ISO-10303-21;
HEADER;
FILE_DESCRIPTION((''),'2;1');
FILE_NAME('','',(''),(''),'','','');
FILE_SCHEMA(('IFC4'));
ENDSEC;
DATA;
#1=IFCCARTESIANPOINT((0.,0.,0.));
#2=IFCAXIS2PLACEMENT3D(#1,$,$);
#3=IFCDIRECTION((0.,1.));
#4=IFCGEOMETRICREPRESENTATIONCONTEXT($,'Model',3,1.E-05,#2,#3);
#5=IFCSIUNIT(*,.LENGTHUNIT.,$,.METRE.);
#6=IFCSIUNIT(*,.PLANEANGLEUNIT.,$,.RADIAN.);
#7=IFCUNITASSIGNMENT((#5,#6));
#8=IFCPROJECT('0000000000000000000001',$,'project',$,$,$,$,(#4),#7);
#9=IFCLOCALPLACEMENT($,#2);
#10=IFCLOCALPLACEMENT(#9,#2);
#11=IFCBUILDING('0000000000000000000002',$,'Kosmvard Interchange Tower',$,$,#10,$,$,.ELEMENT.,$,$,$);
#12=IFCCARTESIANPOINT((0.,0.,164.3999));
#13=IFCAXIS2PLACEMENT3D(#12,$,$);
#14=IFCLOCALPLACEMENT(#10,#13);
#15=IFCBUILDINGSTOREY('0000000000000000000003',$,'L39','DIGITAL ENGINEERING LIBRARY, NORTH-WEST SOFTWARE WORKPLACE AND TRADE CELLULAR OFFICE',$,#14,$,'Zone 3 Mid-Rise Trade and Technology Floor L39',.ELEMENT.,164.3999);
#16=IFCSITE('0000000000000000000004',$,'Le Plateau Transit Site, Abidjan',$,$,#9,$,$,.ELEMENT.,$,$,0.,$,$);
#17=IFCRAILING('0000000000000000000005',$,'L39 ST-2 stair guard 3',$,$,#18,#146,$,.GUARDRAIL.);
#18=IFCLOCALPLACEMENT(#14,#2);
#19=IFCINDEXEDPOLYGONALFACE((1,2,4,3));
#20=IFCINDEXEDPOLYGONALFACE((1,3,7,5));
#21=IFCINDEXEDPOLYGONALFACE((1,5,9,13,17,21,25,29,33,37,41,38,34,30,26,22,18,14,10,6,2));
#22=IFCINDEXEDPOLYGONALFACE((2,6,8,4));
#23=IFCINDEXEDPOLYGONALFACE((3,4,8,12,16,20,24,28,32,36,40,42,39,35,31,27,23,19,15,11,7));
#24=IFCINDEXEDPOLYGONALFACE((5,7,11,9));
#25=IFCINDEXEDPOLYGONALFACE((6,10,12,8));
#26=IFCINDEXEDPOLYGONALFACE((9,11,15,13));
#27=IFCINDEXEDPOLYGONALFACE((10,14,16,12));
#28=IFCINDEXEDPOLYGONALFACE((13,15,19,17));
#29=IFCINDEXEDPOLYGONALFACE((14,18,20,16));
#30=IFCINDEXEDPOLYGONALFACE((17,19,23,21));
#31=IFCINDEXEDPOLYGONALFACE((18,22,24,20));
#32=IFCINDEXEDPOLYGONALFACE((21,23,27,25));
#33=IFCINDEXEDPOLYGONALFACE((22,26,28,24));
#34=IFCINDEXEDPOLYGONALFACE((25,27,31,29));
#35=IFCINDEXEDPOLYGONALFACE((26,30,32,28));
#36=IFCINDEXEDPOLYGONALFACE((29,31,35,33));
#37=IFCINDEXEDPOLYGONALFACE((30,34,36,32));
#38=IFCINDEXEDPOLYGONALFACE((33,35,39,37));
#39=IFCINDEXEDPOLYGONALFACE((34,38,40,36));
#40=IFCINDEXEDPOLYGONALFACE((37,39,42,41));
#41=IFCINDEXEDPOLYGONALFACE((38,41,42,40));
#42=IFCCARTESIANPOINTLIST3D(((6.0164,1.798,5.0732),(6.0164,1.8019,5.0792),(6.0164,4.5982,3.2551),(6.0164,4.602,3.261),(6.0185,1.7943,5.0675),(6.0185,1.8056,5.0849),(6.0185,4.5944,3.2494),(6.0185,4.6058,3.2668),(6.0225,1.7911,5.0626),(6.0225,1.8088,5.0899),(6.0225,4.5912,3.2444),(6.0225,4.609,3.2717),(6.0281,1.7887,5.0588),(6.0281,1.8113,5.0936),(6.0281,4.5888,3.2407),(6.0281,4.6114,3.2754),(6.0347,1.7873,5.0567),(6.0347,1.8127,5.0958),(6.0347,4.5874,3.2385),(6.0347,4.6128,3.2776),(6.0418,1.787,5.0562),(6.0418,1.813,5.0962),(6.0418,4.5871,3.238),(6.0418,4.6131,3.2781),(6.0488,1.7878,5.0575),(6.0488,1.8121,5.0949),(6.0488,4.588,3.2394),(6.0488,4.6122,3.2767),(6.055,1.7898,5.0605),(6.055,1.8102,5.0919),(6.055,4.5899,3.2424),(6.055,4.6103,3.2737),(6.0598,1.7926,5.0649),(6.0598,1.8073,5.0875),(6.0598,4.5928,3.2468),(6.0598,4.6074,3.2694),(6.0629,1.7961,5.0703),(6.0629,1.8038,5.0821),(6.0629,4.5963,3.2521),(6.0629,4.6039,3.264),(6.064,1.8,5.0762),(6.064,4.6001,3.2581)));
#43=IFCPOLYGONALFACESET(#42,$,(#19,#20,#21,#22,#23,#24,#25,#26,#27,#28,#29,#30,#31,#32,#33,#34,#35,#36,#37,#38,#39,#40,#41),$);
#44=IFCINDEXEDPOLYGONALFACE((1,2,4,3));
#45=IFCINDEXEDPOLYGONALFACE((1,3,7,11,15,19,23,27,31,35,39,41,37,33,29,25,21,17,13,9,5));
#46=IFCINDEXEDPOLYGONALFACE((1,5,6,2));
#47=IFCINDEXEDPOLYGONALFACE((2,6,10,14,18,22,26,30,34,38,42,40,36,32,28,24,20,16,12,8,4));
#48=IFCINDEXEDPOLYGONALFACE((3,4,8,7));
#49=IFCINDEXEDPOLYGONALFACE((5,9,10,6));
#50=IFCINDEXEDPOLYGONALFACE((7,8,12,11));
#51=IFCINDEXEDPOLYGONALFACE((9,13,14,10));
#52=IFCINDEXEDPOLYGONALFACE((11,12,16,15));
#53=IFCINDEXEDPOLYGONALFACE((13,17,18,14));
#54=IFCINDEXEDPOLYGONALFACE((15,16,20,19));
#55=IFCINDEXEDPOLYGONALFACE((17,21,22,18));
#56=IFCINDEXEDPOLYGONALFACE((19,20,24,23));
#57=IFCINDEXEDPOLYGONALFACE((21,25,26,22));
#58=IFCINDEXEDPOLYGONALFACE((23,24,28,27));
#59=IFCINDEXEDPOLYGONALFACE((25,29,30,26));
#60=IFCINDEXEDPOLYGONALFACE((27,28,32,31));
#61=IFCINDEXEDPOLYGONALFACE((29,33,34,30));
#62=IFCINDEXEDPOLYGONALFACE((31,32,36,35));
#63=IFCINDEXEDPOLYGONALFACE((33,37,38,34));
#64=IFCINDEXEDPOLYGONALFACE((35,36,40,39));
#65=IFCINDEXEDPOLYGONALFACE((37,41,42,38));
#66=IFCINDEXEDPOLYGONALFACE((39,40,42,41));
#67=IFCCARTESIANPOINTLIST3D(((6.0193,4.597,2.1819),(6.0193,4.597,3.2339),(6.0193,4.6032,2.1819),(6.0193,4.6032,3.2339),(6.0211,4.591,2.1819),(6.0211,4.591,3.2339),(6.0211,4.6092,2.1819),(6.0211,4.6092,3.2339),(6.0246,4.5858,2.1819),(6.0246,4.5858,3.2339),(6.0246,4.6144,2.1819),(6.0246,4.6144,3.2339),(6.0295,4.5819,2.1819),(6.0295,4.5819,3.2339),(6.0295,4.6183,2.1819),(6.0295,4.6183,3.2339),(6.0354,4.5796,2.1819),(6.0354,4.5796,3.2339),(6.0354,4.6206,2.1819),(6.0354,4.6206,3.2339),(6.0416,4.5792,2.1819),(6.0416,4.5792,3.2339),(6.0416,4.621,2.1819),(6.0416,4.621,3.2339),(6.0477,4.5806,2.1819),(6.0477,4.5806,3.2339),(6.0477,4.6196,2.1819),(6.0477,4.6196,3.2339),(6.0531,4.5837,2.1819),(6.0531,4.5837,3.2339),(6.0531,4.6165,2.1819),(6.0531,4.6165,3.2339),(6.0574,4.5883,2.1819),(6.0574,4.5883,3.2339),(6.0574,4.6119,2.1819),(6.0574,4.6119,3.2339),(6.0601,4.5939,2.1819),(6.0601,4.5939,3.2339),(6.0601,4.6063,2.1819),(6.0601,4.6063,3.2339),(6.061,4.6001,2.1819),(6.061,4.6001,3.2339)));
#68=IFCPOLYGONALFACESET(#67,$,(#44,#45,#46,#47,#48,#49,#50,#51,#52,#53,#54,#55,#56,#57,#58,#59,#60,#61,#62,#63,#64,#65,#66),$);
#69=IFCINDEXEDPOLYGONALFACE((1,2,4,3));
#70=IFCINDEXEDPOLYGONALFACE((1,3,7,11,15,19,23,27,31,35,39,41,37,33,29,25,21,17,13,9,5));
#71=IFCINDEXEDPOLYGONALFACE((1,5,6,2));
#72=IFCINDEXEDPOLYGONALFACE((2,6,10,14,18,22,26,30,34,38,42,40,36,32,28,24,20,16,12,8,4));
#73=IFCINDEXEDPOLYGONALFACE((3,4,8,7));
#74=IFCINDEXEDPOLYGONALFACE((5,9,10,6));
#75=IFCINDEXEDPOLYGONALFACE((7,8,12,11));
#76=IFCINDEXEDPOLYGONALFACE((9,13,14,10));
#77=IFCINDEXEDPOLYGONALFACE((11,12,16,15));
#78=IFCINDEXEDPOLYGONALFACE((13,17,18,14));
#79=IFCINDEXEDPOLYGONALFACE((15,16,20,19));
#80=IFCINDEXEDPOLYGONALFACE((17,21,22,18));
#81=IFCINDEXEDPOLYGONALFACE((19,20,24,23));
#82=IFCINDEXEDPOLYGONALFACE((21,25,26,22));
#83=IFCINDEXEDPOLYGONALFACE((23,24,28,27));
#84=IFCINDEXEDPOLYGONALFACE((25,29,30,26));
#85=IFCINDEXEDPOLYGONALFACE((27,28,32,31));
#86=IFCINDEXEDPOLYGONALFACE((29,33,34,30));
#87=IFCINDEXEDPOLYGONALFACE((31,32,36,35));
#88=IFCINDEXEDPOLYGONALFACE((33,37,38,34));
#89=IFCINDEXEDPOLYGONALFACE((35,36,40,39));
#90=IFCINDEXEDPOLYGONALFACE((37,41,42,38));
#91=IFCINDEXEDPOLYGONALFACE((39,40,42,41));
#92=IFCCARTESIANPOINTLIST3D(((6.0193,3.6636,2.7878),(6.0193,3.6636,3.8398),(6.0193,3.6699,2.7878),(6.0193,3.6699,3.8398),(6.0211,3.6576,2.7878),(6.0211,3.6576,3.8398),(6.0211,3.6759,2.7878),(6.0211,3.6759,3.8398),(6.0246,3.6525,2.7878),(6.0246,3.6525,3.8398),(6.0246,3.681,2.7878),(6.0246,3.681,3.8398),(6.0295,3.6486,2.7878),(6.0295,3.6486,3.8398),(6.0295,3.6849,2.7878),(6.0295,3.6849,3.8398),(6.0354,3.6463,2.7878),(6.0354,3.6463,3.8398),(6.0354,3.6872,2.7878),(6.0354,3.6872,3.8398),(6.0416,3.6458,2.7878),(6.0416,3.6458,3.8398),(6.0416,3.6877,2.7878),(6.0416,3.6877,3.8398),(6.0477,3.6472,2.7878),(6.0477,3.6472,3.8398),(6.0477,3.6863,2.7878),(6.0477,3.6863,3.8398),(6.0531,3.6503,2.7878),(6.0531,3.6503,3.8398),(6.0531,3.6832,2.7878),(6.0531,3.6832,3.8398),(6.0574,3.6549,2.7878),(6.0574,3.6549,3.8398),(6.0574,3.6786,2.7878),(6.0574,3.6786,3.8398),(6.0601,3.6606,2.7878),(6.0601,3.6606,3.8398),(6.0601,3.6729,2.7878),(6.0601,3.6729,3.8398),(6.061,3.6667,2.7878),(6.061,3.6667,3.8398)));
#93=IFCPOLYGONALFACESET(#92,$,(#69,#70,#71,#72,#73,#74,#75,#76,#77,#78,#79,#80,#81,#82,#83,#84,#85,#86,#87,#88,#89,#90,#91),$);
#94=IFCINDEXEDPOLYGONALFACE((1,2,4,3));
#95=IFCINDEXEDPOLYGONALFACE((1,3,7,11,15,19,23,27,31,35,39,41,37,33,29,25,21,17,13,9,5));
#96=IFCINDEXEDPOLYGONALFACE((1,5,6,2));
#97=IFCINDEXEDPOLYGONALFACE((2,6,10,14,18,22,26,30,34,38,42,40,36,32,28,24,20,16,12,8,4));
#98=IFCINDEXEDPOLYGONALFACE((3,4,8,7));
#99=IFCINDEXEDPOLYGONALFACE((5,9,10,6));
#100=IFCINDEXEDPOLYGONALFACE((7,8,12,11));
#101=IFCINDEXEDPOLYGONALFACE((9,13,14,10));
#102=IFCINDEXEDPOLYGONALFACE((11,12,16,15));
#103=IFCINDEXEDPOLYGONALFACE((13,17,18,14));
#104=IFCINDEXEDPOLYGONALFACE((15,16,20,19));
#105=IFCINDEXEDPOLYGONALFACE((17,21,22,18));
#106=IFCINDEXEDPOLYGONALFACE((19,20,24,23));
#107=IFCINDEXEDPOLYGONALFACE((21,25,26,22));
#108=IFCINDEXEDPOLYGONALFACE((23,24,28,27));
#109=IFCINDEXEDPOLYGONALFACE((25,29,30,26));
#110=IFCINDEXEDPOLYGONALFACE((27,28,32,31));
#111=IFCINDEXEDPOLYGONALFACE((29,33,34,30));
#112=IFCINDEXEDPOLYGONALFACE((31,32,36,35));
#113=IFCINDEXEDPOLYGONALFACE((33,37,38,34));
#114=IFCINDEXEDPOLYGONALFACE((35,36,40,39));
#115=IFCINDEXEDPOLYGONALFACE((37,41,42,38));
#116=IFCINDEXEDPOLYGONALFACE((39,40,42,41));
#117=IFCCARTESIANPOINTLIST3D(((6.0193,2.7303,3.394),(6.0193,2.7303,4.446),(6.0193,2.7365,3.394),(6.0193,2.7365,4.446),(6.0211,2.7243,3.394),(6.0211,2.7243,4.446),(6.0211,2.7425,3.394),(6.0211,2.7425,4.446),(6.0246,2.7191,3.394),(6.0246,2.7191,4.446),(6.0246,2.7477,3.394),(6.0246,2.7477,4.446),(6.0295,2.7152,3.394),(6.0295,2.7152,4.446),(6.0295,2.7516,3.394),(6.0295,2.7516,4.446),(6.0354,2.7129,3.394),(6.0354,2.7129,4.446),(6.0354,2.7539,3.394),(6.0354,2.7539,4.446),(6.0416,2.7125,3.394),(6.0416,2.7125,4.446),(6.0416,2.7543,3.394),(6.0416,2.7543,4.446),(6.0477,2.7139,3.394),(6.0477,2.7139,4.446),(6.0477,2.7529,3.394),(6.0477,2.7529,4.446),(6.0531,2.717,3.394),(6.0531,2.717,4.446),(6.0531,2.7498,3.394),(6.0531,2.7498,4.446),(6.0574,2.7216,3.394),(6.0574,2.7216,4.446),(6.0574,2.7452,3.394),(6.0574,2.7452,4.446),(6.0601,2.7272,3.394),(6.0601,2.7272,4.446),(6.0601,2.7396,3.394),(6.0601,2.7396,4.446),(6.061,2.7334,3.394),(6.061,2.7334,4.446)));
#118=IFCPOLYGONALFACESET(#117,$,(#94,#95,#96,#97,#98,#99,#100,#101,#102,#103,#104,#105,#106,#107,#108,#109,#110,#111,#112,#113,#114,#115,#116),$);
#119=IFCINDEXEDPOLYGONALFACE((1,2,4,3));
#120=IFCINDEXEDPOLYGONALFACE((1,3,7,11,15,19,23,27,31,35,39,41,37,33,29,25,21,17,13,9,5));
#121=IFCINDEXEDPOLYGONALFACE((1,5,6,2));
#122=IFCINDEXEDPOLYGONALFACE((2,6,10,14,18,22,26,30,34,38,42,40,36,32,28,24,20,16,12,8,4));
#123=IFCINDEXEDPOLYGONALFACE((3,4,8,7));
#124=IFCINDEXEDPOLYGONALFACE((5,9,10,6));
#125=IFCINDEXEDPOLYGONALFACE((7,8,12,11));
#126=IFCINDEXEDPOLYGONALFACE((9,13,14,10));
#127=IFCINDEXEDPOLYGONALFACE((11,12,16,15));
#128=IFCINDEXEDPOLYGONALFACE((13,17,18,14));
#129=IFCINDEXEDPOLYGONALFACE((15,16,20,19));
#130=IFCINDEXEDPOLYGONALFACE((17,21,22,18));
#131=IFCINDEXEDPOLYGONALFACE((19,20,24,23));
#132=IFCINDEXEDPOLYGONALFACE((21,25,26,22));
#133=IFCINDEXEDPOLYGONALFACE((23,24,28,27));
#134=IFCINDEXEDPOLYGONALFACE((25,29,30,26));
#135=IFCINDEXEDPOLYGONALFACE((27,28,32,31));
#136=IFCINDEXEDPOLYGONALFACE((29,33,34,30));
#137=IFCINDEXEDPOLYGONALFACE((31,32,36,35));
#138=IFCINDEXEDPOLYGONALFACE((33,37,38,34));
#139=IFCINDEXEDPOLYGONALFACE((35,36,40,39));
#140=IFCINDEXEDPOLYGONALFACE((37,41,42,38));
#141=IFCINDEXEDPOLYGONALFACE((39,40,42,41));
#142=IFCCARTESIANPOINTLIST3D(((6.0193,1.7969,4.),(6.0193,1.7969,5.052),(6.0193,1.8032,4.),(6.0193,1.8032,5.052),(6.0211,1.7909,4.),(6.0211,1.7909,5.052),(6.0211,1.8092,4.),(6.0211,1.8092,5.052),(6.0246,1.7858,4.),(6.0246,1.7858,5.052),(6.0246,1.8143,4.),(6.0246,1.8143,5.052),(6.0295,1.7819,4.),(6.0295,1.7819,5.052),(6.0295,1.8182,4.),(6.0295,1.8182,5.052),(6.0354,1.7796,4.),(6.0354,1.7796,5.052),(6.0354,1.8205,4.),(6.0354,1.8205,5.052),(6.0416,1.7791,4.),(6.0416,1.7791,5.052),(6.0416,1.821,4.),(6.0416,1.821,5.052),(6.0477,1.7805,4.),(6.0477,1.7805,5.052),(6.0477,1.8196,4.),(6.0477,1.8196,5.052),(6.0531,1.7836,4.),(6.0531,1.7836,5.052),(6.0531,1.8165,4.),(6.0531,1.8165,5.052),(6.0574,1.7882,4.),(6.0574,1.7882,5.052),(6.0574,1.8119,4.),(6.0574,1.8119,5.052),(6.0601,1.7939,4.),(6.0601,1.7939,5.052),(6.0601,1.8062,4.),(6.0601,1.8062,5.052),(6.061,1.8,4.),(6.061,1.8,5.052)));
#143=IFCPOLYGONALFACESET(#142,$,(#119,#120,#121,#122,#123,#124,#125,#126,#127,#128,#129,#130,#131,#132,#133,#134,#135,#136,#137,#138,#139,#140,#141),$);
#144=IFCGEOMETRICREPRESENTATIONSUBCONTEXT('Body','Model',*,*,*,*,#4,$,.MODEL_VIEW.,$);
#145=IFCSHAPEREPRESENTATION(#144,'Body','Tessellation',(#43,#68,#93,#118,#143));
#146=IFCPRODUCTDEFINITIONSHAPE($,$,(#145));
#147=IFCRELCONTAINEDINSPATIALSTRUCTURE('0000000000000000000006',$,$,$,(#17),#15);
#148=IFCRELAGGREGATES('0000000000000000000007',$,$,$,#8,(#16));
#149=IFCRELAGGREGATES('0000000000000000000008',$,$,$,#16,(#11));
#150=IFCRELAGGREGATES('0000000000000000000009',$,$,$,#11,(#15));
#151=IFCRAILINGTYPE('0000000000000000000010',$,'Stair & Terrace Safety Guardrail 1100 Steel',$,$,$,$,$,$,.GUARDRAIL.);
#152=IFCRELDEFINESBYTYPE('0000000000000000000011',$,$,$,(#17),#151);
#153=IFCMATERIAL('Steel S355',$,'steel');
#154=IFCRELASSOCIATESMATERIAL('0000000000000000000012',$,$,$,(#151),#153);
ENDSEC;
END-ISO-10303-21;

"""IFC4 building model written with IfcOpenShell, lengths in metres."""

from ifc_helpers import new_model, si_unit, direction, frame, origin, origin_2d, place, context, subcontext, project, spatial, circle, extrude, source, transform, mapped, material, type_object, element, save


model = new_model("IFC4")

# Units and contexts
model_context = context("Model", 3, precision=1e-05, world=origin(), true_north=direction((0.0, 1.0)))
body_context = subcontext(model_context, "Body", "Model", "MODEL_VIEW")
ifc_project = project(units=[si_unit("LENGTHUNIT", "METRE"), si_unit("PLANEANGLEUNIT", "RADIAN")], contexts=[model_context])

# Site, building, storey
site_placement = place(None, origin())
site = spatial("IfcSite", under=ifc_project, at=site_placement, Name="Le Plateau Transit Site, Abidjan", CompositionType="ELEMENT", RefElevation=0.0)
building_placement = place(site_placement, origin())
building = spatial("IfcBuilding", under=site, at=building_placement, Name="Kosmvard Interchange Tower", CompositionType="ELEMENT")
storey_placement = place(building_placement, frame((0.0, 0.0, 164.3999)))
storey = spatial("IfcBuildingStorey", under=building, at=storey_placement, Name="L39", Description="DIGITAL ENGINEERING LIBRARY, NORTH-WEST SOFTWARE WORKPLACE AND TRADE CELLULAR OFFICE", LongName="Zone 3 Mid-Rise Trade and Technology Floor L39", CompositionType="ELEMENT", Elevation=164.3999)

# Railing
ifc_material_1 = material(Name="Steel S355", Category="steel")
railing_type_1 = type_object("IfcRailingType", Name="Stair & Terrace Safety Guardrail 1100 Steel", PredefinedType="GUARDRAIL", material=ifc_material_1)
shared_shape_1 = source(origin(), body_context, "Body", "SweptSolid", [
    extrude(circle(Radius=0.0239, at=origin_2d()), frame((0.0, 0.0, 1.0762), z_axis=(0.0, -0.838706, 0.544585), x_axis=(1.0, 0.0, 0.0)), (0.0, 0.0, 1.0), 3.3386),
    extrude(circle(Radius=0.021, at=origin_2d()), origin(), (0.0, 0.0, 1.0), 1.052),
    extrude(circle(Radius=0.021, at=origin_2d()), frame((0.0, -0.9333, 0.606)), (0.0, 0.0, 1.0), 1.052),
    extrude(circle(Radius=0.021, at=origin_2d()), frame((0.0, -1.8667, 1.2122)), (0.0, 0.0, 1.0), 1.052),
    extrude(circle(Radius=0.021, at=origin_2d()), frame((0.0, -2.8, 1.8181)), (0.0, 0.0, 1.0), 1.052),
])
railing_1_placement = place(storey_placement, frame((6.04, 4.6001, 2.1819)))
element("IfcRailing", 1, at=railing_1_placement, inside=storey, type_object=railing_type_1, Name="L39 ST-2 stair guard 3", PredefinedType="GUARDRAIL", context=body_context, shape_type="MappedRepresentation", body=[
    mapped(shared_shape_1, transform((0.0, 0.0, 0.0), scale=1.0)),
])

save(model, "model.ifc")
